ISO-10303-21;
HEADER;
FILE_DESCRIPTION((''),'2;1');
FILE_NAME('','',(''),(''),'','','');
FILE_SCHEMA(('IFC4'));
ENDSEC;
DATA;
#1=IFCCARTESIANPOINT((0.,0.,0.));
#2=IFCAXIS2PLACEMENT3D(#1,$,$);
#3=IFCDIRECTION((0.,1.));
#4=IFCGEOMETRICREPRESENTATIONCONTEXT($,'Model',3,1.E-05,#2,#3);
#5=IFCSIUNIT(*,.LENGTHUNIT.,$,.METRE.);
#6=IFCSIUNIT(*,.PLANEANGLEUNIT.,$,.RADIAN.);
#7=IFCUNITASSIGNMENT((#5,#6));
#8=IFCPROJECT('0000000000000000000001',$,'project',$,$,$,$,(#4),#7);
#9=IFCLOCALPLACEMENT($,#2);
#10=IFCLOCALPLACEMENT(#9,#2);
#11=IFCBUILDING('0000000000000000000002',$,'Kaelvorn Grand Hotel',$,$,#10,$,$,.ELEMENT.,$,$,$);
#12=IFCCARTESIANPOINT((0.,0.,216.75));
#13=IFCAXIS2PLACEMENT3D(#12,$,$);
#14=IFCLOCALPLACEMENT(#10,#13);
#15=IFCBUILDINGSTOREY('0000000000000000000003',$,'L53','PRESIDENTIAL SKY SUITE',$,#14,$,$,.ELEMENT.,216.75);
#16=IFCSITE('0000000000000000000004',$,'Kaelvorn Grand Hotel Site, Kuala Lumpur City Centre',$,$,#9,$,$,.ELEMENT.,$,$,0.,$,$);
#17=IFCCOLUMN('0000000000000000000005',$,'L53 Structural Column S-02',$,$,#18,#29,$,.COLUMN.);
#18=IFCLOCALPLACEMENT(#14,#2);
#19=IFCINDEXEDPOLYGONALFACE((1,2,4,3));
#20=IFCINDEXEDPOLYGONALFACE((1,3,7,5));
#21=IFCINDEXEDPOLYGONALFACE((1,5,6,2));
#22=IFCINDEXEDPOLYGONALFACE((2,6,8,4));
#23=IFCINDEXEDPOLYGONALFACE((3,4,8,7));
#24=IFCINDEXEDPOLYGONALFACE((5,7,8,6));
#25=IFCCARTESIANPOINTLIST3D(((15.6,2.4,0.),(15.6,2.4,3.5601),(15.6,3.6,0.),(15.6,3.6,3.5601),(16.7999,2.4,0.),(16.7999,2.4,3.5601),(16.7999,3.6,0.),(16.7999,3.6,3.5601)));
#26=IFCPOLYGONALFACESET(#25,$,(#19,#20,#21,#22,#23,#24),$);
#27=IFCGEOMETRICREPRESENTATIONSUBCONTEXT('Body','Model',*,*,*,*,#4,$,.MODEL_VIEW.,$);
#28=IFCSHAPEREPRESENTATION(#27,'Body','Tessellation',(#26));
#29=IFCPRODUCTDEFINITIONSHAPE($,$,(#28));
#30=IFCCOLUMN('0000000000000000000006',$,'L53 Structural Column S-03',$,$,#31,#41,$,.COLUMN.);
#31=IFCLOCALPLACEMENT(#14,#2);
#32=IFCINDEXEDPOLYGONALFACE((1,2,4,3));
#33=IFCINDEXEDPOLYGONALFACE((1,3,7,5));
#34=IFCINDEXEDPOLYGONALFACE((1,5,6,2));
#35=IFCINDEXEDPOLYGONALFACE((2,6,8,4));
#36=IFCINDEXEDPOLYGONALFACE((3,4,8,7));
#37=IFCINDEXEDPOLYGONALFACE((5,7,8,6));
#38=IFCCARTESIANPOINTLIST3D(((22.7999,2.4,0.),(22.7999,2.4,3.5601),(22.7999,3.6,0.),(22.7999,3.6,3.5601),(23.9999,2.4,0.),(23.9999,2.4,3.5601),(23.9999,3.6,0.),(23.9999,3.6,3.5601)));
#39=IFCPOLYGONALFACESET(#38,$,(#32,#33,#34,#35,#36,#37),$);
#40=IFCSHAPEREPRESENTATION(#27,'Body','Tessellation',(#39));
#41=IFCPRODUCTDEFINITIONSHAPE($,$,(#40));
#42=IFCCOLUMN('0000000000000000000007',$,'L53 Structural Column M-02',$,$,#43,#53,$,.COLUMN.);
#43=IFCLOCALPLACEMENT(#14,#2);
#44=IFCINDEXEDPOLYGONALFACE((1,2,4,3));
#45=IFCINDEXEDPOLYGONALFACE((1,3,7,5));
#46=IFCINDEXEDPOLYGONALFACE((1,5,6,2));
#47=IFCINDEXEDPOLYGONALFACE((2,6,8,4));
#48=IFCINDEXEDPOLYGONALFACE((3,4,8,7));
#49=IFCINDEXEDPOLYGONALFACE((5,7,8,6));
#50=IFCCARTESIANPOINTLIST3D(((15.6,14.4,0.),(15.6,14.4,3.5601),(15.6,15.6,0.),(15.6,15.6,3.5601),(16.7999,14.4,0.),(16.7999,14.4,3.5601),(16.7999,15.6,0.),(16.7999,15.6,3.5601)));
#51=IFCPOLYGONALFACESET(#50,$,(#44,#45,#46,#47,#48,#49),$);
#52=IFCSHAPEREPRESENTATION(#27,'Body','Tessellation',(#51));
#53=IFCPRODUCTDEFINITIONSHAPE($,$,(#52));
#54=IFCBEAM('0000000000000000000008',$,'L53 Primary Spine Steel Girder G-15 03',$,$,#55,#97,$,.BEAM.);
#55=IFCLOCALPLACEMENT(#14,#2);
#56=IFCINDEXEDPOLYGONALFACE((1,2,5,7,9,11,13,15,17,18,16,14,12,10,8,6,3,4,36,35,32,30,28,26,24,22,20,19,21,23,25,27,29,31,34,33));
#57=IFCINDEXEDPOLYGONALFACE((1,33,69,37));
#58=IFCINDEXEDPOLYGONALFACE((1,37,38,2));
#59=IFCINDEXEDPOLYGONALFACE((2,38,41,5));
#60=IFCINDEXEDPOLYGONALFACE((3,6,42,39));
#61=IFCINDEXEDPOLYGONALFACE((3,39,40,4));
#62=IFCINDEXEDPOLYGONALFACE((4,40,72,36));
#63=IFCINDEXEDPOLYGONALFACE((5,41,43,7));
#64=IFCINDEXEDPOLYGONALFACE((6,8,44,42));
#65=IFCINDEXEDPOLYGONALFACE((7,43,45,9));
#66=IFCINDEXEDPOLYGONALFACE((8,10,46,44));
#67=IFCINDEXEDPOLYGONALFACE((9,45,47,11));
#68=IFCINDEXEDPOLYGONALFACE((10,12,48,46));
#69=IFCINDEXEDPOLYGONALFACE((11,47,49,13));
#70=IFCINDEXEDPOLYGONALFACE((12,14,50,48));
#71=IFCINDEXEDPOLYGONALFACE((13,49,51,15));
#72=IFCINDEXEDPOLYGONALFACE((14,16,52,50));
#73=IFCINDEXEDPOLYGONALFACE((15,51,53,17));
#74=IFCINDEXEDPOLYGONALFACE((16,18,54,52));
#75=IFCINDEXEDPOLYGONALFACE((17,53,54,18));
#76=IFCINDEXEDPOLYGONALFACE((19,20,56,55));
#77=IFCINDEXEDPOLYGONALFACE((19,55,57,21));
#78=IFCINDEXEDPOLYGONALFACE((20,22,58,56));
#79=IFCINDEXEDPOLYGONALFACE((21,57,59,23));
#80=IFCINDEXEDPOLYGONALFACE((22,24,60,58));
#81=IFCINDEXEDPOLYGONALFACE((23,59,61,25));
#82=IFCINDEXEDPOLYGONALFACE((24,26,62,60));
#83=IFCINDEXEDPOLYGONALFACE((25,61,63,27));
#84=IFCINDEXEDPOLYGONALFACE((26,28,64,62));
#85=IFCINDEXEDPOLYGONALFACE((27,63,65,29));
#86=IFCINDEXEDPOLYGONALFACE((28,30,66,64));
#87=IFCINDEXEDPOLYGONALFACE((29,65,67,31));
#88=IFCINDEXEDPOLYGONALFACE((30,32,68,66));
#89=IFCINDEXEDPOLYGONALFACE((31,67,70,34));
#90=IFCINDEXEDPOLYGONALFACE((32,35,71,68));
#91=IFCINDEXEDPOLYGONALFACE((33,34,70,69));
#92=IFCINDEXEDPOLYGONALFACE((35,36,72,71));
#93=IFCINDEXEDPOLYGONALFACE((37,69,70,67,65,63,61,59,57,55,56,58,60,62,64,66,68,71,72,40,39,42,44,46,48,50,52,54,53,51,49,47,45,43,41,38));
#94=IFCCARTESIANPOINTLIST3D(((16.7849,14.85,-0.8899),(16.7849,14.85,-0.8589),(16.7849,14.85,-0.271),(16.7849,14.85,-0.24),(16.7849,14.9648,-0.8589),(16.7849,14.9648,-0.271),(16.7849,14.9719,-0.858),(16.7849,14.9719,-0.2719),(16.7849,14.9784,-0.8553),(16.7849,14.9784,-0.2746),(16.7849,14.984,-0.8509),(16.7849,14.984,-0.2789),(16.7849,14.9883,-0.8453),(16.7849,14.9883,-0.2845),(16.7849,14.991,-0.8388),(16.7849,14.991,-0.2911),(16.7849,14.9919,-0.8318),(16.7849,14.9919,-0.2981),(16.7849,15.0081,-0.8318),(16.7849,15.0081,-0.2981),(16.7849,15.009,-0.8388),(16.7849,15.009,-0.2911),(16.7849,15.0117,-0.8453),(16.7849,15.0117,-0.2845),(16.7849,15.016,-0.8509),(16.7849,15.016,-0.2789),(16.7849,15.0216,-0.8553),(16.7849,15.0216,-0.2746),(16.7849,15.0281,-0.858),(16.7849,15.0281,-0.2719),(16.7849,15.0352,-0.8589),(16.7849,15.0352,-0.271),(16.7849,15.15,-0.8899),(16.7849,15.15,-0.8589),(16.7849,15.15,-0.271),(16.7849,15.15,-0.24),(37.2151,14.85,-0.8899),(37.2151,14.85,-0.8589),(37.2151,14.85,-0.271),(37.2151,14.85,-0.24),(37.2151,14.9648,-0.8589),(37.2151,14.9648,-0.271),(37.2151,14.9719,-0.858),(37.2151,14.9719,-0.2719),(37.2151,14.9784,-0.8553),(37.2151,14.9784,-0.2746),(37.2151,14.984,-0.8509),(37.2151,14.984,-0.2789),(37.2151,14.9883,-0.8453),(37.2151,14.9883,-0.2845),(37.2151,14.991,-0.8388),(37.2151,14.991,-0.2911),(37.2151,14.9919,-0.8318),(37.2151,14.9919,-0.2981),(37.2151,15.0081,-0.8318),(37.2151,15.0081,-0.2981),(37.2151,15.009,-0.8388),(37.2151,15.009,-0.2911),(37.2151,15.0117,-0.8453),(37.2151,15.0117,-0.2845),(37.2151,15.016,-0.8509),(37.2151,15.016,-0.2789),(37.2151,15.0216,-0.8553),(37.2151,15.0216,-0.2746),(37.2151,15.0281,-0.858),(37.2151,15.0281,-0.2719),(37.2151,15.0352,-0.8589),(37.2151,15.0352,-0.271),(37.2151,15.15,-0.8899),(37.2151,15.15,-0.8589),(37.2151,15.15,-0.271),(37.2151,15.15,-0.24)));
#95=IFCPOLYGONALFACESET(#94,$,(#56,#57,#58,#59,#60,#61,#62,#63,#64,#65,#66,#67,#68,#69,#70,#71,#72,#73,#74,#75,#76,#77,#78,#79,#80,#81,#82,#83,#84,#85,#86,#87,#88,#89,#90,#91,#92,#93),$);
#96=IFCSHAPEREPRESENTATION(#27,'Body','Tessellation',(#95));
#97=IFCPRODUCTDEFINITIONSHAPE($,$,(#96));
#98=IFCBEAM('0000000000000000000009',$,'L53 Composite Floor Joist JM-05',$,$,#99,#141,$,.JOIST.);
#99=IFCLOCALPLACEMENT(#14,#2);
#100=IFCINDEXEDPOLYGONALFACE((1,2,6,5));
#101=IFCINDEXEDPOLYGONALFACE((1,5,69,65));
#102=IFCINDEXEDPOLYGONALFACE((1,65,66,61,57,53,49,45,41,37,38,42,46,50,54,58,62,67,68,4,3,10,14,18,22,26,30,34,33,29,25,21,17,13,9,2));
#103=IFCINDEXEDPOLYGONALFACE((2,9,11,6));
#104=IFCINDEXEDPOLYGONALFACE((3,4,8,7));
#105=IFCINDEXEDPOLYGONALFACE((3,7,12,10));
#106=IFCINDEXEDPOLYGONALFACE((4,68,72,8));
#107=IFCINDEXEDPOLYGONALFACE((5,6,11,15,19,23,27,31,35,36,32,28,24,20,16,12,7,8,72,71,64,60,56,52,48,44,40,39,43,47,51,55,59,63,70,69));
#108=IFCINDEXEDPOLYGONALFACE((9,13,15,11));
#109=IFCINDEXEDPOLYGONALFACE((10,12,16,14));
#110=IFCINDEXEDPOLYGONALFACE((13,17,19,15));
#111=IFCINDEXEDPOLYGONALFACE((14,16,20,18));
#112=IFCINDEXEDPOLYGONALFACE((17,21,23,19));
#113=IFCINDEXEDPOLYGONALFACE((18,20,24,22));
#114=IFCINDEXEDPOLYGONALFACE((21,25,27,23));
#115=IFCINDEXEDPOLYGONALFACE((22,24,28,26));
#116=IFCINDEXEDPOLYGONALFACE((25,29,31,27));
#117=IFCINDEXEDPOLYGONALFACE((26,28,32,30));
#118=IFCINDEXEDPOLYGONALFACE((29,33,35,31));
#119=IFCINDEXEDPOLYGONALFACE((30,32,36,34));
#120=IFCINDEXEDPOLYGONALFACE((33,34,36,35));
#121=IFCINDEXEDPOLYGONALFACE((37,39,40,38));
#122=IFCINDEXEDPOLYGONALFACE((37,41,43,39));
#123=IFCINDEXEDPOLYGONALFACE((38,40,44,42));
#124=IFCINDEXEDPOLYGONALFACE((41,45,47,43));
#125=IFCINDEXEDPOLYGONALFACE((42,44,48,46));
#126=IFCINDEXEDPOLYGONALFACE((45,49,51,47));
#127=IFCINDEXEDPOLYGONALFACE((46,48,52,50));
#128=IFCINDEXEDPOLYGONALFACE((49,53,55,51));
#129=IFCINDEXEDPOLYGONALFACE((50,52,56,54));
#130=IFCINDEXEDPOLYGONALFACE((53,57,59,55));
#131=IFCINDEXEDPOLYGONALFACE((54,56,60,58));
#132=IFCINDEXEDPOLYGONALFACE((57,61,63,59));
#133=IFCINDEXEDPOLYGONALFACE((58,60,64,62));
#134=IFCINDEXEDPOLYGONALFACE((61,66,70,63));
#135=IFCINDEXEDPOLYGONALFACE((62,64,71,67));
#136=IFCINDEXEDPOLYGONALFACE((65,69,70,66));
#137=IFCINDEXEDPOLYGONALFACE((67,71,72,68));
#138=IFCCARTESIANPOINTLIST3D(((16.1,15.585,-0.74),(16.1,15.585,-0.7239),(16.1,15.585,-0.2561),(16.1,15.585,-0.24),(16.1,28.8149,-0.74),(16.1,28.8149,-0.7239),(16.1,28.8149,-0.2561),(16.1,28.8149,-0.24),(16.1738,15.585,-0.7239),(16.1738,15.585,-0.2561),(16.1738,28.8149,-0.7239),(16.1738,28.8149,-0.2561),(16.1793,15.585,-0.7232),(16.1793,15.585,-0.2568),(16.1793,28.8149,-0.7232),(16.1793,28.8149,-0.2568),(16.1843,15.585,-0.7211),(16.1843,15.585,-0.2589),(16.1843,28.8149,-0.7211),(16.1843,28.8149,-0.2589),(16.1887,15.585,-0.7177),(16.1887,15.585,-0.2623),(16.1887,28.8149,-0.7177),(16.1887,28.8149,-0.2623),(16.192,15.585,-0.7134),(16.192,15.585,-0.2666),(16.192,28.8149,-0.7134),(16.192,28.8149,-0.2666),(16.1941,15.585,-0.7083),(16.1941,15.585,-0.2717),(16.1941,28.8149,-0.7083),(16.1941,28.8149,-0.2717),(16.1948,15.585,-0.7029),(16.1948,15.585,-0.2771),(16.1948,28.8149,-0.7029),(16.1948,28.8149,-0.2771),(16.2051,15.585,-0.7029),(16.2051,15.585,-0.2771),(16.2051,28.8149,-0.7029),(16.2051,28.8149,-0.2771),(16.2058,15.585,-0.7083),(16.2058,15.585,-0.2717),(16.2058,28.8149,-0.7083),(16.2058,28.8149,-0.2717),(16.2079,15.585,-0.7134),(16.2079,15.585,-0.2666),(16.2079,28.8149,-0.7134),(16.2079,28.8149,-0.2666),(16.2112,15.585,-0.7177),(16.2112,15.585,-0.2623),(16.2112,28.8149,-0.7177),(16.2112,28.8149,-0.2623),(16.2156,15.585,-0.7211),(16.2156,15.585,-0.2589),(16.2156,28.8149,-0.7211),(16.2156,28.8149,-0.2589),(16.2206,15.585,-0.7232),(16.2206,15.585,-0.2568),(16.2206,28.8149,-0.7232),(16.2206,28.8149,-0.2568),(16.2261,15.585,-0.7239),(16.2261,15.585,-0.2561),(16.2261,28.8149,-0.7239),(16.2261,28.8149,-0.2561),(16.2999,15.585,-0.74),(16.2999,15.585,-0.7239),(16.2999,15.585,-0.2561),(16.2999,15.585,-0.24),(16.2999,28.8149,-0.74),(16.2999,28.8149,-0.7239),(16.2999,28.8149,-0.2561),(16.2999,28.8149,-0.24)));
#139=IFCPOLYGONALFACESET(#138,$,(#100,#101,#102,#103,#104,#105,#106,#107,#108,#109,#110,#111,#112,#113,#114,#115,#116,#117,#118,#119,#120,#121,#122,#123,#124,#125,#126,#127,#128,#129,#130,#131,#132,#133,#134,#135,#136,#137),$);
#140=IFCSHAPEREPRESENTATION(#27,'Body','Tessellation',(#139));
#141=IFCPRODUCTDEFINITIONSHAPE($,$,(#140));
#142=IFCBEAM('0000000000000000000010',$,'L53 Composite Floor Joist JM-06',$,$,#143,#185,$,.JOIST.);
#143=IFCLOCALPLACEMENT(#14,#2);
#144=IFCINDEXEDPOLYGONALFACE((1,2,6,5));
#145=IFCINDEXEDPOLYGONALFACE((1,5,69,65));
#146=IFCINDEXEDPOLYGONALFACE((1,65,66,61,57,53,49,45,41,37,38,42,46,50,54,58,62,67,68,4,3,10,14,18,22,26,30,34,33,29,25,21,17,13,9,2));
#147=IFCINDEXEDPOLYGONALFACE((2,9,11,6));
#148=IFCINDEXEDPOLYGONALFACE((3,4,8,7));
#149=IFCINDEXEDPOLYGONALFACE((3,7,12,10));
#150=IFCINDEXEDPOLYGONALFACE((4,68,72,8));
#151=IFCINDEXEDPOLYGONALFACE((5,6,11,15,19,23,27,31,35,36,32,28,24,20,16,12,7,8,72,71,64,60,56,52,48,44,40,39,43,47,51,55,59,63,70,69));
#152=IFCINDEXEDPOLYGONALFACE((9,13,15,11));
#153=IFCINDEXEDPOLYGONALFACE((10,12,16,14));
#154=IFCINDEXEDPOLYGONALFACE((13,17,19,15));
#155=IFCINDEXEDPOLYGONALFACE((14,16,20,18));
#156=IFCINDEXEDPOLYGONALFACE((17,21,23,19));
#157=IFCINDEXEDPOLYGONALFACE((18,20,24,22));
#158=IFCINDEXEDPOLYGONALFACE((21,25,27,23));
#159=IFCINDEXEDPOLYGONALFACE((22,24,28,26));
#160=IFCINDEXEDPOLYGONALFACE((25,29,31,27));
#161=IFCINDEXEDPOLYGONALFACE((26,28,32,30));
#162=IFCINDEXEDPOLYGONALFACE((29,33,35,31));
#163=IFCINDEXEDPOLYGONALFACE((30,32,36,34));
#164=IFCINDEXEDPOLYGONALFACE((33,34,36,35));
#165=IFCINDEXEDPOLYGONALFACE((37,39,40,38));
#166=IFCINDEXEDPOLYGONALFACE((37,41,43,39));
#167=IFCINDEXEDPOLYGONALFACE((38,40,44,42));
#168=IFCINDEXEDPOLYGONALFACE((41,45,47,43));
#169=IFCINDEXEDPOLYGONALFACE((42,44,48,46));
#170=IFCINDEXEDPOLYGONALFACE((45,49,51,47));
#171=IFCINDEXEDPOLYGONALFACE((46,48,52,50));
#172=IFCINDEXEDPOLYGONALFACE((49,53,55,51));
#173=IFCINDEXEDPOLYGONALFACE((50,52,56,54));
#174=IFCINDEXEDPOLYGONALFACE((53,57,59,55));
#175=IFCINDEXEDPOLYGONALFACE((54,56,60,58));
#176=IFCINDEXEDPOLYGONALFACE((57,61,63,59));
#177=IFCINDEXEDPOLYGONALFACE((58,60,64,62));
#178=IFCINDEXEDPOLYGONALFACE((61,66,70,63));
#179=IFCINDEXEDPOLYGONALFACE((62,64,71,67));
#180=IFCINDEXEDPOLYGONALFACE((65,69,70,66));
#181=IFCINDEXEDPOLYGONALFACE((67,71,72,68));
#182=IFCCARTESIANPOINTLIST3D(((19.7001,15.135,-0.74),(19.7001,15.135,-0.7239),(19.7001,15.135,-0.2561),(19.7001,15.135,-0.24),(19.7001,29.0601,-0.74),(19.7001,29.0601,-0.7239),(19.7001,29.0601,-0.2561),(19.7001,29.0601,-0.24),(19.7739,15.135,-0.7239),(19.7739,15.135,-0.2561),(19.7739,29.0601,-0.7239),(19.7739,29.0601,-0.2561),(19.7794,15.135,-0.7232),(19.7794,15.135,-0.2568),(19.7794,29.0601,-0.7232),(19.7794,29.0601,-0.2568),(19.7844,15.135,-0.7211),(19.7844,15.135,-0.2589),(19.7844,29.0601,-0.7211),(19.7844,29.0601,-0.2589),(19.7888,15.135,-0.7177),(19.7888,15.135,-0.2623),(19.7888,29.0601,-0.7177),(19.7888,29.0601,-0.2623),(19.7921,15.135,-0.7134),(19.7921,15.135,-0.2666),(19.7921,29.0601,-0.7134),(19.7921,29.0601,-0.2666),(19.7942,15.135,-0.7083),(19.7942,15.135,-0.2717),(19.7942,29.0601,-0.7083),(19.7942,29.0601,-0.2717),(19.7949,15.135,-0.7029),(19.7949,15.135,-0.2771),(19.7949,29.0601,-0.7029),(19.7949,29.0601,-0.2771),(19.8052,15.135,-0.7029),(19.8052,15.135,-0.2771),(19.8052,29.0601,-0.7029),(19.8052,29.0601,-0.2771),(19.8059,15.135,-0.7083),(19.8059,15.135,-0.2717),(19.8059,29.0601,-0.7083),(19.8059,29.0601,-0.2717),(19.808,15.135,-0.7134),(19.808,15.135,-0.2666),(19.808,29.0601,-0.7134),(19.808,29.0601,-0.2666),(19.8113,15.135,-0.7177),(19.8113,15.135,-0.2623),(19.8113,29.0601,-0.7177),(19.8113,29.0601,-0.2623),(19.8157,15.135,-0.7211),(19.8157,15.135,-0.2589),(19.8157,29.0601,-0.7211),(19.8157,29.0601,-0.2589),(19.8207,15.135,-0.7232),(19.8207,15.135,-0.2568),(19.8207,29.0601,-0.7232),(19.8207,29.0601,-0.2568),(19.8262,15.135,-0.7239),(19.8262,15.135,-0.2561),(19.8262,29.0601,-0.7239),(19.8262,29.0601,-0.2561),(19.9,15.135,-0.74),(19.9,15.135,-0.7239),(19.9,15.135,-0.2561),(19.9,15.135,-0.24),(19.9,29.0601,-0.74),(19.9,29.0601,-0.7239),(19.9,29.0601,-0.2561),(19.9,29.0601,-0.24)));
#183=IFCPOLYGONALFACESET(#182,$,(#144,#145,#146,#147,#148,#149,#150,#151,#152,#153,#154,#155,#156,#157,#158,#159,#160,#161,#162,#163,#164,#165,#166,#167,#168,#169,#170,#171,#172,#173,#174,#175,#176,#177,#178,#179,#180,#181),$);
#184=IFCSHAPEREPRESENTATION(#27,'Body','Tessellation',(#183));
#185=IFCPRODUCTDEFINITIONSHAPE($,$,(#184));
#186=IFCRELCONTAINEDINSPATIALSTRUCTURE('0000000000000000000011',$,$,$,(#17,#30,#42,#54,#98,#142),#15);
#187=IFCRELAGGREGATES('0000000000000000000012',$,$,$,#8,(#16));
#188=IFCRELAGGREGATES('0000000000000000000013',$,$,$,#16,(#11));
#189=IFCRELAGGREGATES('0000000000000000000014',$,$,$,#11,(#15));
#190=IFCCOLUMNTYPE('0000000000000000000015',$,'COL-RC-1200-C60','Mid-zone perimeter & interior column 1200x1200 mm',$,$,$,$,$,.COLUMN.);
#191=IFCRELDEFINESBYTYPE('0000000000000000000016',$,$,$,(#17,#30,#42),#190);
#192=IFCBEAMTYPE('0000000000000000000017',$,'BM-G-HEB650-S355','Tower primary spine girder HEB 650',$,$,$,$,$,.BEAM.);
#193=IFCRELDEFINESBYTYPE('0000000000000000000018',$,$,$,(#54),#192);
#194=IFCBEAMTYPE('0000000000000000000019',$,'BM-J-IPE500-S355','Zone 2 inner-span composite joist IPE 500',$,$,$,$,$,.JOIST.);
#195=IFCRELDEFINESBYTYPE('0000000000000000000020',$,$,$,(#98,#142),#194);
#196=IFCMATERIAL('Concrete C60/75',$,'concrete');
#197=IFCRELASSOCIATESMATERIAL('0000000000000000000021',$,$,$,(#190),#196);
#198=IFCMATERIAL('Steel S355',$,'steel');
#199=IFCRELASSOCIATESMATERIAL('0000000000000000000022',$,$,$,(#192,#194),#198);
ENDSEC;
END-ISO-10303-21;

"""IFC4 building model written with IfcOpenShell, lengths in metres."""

from ifc_helpers import new_model, si_unit, direction, frame, origin, origin_2d, place, context, subcontext, project, spatial, rectangle, i_section, extrude, material, material_profile, profile_set, type_object, element, save


model = new_model("IFC4")

# Units and contexts
model_context = context("Model", 3, precision=1e-05, world=origin(), true_north=direction((0.0, 1.0)))
body_context = subcontext(model_context, "Body", "Model", "MODEL_VIEW")
ifc_project = project(units=[si_unit("LENGTHUNIT", "METRE"), si_unit("PLANEANGLEUNIT", "RADIAN")], contexts=[model_context])

# Site, building, storey
site_placement = place(None, origin())
site = spatial("IfcSite", under=ifc_project, at=site_placement, Name="Kaelvorn Grand Hotel Site, Kuala Lumpur City Centre", CompositionType="ELEMENT", RefElevation=0.0)
building_placement = place(site_placement, origin())
building = spatial("IfcBuilding", under=site, at=building_placement, Name="Kaelvorn Grand Hotel", CompositionType="ELEMENT")
storey_placement = place(building_placement, frame((0.0, 0.0, 216.75)))
storey = spatial("IfcBuildingStorey", under=building, at=storey_placement, Name="L53", Description="PRESIDENTIAL SKY SUITE", CompositionType="ELEMENT", Elevation=216.75)

# Columns
ifc_material_1 = material(Name="Concrete C60/75", Category="concrete")
ifc_material_profile_1 = material_profile(ifc_material_1, rectangle(XDim=1.2, YDim=1.2, at=origin_2d()), Name="RC COL 1200x1200")
ifc_profile_set_1 = profile_set([ifc_material_profile_1], Name="Concrete C60/75")
column_type = type_object("IfcColumnType", Name="COL-RC-1200-C60", Description="Mid-zone perimeter & interior column 1200x1200 mm", PredefinedType="COLUMN", material=ifc_profile_set_1)
for number, where, z_axis, x_axis, name in (
    (1, (16.2, 3.0, 0.0), (0.0, 0.0, 1.0), (1.0, 0.0, 0.0), "L53 Structural Column S-02"),
    (2, (23.3999, 3.0, 0.0), (0.0, 0.0, 1.0), (1.0, 0.0, 0.0), "L53 Structural Column S-03"),
    (3, (16.2, 15.0, 0.0), (0.0, 0.0, 1.0), (1.0, 0.0, 0.0), "L53 Structural Column M-02"),
):
    element("IfcColumn", number, at=place(storey_placement, frame(where, z_axis=z_axis, x_axis=x_axis)), inside=storey, type_object=column_type, Name=name, PredefinedType="COLUMN", context=body_context, shape_type="SweptSolid", body=[
        extrude(rectangle(XDim=1.2, YDim=1.2, at=origin_2d()), origin(), (0.0, 0.0, 1.0), 3.5601),
    ])

# Beams
ifc_material_2 = material(Name="Steel S355", Category="steel")
ifc_material_profile_2 = material_profile(ifc_material_2, i_section(OverallWidth=0.3, OverallDepth=0.6499, WebThickness=0.0161, FlangeThickness=0.031, FilletRadius=0.0271, at=origin_2d()), Name="HEB 650")
ifc_profile_set_2 = profile_set([ifc_material_profile_2], Name="Steel S355")
beam_type_1 = type_object("IfcBeamType", Name="BM-G-HEB650-S355", Description="Tower primary spine girder HEB 650", PredefinedType="BEAM", material=ifc_profile_set_2)
beam_1_placement = place(storey_placement, frame((16.7849, 15.0, -0.5649), z_axis=(1.0, 0.0, 0.0), x_axis=(0.0, 1.0, 0.0)))
element("IfcBeam", 4, at=beam_1_placement, inside=storey, type_object=beam_type_1, Name="L53 Primary Spine Steel Girder G-15 03", PredefinedType="BEAM", context=body_context, shape_type="SweptSolid", body=[
    extrude(i_section(OverallWidth=0.3, OverallDepth=0.6499, WebThickness=0.0161, FlangeThickness=0.031, FilletRadius=0.0271, at=origin_2d()), origin(), (0.0, 0.0, 1.0), 20.4302),
])
ifc_material_profile_3 = material_profile(ifc_material_2, i_section(OverallWidth=0.2, OverallDepth=0.5, WebThickness=0.0103, FlangeThickness=0.0161, FilletRadius=0.021, at=origin_2d()), Name="IPE 500")
ifc_profile_set_3 = profile_set([ifc_material_profile_3], Name="Steel S355")
beam_type_2 = type_object("IfcBeamType", Name="BM-J-IPE500-S355", Description="Zone 2 inner-span composite joist IPE 500", PredefinedType="JOIST", material=ifc_profile_set_3)
beam_2_placement = place(storey_placement, frame((16.2, 15.585, -0.49), z_axis=(0.0, 1.0, 0.0), x_axis=(-1.0, 0.0, 0.0)))
element("IfcBeam", 5, at=beam_2_placement, inside=storey, type_object=beam_type_2, Name="L53 Composite Floor Joist JM-05", PredefinedType="JOIST", context=body_context, shape_type="SweptSolid", body=[
    extrude(i_section(OverallWidth=0.2, OverallDepth=0.5, WebThickness=0.0103, FlangeThickness=0.0161, FilletRadius=0.021, at=origin_2d()), origin(), (0.0, 0.0, 1.0), 13.23),
])
beam_3_placement = place(storey_placement, frame((19.8, 15.135, -0.49), z_axis=(0.0, 1.0, 0.0), x_axis=(-1.0, 0.0, 0.0)))
element("IfcBeam", 6, at=beam_3_placement, inside=storey, type_object=beam_type_2, Name="L53 Composite Floor Joist JM-06", PredefinedType="JOIST", context=body_context, shape_type="SweptSolid", body=[
    extrude(i_section(OverallWidth=0.2, OverallDepth=0.5, WebThickness=0.0103, FlangeThickness=0.0161, FilletRadius=0.021, at=origin_2d()), origin(), (0.0, 0.0, 1.0), 13.925),
])

save(model, "model.ifc")
